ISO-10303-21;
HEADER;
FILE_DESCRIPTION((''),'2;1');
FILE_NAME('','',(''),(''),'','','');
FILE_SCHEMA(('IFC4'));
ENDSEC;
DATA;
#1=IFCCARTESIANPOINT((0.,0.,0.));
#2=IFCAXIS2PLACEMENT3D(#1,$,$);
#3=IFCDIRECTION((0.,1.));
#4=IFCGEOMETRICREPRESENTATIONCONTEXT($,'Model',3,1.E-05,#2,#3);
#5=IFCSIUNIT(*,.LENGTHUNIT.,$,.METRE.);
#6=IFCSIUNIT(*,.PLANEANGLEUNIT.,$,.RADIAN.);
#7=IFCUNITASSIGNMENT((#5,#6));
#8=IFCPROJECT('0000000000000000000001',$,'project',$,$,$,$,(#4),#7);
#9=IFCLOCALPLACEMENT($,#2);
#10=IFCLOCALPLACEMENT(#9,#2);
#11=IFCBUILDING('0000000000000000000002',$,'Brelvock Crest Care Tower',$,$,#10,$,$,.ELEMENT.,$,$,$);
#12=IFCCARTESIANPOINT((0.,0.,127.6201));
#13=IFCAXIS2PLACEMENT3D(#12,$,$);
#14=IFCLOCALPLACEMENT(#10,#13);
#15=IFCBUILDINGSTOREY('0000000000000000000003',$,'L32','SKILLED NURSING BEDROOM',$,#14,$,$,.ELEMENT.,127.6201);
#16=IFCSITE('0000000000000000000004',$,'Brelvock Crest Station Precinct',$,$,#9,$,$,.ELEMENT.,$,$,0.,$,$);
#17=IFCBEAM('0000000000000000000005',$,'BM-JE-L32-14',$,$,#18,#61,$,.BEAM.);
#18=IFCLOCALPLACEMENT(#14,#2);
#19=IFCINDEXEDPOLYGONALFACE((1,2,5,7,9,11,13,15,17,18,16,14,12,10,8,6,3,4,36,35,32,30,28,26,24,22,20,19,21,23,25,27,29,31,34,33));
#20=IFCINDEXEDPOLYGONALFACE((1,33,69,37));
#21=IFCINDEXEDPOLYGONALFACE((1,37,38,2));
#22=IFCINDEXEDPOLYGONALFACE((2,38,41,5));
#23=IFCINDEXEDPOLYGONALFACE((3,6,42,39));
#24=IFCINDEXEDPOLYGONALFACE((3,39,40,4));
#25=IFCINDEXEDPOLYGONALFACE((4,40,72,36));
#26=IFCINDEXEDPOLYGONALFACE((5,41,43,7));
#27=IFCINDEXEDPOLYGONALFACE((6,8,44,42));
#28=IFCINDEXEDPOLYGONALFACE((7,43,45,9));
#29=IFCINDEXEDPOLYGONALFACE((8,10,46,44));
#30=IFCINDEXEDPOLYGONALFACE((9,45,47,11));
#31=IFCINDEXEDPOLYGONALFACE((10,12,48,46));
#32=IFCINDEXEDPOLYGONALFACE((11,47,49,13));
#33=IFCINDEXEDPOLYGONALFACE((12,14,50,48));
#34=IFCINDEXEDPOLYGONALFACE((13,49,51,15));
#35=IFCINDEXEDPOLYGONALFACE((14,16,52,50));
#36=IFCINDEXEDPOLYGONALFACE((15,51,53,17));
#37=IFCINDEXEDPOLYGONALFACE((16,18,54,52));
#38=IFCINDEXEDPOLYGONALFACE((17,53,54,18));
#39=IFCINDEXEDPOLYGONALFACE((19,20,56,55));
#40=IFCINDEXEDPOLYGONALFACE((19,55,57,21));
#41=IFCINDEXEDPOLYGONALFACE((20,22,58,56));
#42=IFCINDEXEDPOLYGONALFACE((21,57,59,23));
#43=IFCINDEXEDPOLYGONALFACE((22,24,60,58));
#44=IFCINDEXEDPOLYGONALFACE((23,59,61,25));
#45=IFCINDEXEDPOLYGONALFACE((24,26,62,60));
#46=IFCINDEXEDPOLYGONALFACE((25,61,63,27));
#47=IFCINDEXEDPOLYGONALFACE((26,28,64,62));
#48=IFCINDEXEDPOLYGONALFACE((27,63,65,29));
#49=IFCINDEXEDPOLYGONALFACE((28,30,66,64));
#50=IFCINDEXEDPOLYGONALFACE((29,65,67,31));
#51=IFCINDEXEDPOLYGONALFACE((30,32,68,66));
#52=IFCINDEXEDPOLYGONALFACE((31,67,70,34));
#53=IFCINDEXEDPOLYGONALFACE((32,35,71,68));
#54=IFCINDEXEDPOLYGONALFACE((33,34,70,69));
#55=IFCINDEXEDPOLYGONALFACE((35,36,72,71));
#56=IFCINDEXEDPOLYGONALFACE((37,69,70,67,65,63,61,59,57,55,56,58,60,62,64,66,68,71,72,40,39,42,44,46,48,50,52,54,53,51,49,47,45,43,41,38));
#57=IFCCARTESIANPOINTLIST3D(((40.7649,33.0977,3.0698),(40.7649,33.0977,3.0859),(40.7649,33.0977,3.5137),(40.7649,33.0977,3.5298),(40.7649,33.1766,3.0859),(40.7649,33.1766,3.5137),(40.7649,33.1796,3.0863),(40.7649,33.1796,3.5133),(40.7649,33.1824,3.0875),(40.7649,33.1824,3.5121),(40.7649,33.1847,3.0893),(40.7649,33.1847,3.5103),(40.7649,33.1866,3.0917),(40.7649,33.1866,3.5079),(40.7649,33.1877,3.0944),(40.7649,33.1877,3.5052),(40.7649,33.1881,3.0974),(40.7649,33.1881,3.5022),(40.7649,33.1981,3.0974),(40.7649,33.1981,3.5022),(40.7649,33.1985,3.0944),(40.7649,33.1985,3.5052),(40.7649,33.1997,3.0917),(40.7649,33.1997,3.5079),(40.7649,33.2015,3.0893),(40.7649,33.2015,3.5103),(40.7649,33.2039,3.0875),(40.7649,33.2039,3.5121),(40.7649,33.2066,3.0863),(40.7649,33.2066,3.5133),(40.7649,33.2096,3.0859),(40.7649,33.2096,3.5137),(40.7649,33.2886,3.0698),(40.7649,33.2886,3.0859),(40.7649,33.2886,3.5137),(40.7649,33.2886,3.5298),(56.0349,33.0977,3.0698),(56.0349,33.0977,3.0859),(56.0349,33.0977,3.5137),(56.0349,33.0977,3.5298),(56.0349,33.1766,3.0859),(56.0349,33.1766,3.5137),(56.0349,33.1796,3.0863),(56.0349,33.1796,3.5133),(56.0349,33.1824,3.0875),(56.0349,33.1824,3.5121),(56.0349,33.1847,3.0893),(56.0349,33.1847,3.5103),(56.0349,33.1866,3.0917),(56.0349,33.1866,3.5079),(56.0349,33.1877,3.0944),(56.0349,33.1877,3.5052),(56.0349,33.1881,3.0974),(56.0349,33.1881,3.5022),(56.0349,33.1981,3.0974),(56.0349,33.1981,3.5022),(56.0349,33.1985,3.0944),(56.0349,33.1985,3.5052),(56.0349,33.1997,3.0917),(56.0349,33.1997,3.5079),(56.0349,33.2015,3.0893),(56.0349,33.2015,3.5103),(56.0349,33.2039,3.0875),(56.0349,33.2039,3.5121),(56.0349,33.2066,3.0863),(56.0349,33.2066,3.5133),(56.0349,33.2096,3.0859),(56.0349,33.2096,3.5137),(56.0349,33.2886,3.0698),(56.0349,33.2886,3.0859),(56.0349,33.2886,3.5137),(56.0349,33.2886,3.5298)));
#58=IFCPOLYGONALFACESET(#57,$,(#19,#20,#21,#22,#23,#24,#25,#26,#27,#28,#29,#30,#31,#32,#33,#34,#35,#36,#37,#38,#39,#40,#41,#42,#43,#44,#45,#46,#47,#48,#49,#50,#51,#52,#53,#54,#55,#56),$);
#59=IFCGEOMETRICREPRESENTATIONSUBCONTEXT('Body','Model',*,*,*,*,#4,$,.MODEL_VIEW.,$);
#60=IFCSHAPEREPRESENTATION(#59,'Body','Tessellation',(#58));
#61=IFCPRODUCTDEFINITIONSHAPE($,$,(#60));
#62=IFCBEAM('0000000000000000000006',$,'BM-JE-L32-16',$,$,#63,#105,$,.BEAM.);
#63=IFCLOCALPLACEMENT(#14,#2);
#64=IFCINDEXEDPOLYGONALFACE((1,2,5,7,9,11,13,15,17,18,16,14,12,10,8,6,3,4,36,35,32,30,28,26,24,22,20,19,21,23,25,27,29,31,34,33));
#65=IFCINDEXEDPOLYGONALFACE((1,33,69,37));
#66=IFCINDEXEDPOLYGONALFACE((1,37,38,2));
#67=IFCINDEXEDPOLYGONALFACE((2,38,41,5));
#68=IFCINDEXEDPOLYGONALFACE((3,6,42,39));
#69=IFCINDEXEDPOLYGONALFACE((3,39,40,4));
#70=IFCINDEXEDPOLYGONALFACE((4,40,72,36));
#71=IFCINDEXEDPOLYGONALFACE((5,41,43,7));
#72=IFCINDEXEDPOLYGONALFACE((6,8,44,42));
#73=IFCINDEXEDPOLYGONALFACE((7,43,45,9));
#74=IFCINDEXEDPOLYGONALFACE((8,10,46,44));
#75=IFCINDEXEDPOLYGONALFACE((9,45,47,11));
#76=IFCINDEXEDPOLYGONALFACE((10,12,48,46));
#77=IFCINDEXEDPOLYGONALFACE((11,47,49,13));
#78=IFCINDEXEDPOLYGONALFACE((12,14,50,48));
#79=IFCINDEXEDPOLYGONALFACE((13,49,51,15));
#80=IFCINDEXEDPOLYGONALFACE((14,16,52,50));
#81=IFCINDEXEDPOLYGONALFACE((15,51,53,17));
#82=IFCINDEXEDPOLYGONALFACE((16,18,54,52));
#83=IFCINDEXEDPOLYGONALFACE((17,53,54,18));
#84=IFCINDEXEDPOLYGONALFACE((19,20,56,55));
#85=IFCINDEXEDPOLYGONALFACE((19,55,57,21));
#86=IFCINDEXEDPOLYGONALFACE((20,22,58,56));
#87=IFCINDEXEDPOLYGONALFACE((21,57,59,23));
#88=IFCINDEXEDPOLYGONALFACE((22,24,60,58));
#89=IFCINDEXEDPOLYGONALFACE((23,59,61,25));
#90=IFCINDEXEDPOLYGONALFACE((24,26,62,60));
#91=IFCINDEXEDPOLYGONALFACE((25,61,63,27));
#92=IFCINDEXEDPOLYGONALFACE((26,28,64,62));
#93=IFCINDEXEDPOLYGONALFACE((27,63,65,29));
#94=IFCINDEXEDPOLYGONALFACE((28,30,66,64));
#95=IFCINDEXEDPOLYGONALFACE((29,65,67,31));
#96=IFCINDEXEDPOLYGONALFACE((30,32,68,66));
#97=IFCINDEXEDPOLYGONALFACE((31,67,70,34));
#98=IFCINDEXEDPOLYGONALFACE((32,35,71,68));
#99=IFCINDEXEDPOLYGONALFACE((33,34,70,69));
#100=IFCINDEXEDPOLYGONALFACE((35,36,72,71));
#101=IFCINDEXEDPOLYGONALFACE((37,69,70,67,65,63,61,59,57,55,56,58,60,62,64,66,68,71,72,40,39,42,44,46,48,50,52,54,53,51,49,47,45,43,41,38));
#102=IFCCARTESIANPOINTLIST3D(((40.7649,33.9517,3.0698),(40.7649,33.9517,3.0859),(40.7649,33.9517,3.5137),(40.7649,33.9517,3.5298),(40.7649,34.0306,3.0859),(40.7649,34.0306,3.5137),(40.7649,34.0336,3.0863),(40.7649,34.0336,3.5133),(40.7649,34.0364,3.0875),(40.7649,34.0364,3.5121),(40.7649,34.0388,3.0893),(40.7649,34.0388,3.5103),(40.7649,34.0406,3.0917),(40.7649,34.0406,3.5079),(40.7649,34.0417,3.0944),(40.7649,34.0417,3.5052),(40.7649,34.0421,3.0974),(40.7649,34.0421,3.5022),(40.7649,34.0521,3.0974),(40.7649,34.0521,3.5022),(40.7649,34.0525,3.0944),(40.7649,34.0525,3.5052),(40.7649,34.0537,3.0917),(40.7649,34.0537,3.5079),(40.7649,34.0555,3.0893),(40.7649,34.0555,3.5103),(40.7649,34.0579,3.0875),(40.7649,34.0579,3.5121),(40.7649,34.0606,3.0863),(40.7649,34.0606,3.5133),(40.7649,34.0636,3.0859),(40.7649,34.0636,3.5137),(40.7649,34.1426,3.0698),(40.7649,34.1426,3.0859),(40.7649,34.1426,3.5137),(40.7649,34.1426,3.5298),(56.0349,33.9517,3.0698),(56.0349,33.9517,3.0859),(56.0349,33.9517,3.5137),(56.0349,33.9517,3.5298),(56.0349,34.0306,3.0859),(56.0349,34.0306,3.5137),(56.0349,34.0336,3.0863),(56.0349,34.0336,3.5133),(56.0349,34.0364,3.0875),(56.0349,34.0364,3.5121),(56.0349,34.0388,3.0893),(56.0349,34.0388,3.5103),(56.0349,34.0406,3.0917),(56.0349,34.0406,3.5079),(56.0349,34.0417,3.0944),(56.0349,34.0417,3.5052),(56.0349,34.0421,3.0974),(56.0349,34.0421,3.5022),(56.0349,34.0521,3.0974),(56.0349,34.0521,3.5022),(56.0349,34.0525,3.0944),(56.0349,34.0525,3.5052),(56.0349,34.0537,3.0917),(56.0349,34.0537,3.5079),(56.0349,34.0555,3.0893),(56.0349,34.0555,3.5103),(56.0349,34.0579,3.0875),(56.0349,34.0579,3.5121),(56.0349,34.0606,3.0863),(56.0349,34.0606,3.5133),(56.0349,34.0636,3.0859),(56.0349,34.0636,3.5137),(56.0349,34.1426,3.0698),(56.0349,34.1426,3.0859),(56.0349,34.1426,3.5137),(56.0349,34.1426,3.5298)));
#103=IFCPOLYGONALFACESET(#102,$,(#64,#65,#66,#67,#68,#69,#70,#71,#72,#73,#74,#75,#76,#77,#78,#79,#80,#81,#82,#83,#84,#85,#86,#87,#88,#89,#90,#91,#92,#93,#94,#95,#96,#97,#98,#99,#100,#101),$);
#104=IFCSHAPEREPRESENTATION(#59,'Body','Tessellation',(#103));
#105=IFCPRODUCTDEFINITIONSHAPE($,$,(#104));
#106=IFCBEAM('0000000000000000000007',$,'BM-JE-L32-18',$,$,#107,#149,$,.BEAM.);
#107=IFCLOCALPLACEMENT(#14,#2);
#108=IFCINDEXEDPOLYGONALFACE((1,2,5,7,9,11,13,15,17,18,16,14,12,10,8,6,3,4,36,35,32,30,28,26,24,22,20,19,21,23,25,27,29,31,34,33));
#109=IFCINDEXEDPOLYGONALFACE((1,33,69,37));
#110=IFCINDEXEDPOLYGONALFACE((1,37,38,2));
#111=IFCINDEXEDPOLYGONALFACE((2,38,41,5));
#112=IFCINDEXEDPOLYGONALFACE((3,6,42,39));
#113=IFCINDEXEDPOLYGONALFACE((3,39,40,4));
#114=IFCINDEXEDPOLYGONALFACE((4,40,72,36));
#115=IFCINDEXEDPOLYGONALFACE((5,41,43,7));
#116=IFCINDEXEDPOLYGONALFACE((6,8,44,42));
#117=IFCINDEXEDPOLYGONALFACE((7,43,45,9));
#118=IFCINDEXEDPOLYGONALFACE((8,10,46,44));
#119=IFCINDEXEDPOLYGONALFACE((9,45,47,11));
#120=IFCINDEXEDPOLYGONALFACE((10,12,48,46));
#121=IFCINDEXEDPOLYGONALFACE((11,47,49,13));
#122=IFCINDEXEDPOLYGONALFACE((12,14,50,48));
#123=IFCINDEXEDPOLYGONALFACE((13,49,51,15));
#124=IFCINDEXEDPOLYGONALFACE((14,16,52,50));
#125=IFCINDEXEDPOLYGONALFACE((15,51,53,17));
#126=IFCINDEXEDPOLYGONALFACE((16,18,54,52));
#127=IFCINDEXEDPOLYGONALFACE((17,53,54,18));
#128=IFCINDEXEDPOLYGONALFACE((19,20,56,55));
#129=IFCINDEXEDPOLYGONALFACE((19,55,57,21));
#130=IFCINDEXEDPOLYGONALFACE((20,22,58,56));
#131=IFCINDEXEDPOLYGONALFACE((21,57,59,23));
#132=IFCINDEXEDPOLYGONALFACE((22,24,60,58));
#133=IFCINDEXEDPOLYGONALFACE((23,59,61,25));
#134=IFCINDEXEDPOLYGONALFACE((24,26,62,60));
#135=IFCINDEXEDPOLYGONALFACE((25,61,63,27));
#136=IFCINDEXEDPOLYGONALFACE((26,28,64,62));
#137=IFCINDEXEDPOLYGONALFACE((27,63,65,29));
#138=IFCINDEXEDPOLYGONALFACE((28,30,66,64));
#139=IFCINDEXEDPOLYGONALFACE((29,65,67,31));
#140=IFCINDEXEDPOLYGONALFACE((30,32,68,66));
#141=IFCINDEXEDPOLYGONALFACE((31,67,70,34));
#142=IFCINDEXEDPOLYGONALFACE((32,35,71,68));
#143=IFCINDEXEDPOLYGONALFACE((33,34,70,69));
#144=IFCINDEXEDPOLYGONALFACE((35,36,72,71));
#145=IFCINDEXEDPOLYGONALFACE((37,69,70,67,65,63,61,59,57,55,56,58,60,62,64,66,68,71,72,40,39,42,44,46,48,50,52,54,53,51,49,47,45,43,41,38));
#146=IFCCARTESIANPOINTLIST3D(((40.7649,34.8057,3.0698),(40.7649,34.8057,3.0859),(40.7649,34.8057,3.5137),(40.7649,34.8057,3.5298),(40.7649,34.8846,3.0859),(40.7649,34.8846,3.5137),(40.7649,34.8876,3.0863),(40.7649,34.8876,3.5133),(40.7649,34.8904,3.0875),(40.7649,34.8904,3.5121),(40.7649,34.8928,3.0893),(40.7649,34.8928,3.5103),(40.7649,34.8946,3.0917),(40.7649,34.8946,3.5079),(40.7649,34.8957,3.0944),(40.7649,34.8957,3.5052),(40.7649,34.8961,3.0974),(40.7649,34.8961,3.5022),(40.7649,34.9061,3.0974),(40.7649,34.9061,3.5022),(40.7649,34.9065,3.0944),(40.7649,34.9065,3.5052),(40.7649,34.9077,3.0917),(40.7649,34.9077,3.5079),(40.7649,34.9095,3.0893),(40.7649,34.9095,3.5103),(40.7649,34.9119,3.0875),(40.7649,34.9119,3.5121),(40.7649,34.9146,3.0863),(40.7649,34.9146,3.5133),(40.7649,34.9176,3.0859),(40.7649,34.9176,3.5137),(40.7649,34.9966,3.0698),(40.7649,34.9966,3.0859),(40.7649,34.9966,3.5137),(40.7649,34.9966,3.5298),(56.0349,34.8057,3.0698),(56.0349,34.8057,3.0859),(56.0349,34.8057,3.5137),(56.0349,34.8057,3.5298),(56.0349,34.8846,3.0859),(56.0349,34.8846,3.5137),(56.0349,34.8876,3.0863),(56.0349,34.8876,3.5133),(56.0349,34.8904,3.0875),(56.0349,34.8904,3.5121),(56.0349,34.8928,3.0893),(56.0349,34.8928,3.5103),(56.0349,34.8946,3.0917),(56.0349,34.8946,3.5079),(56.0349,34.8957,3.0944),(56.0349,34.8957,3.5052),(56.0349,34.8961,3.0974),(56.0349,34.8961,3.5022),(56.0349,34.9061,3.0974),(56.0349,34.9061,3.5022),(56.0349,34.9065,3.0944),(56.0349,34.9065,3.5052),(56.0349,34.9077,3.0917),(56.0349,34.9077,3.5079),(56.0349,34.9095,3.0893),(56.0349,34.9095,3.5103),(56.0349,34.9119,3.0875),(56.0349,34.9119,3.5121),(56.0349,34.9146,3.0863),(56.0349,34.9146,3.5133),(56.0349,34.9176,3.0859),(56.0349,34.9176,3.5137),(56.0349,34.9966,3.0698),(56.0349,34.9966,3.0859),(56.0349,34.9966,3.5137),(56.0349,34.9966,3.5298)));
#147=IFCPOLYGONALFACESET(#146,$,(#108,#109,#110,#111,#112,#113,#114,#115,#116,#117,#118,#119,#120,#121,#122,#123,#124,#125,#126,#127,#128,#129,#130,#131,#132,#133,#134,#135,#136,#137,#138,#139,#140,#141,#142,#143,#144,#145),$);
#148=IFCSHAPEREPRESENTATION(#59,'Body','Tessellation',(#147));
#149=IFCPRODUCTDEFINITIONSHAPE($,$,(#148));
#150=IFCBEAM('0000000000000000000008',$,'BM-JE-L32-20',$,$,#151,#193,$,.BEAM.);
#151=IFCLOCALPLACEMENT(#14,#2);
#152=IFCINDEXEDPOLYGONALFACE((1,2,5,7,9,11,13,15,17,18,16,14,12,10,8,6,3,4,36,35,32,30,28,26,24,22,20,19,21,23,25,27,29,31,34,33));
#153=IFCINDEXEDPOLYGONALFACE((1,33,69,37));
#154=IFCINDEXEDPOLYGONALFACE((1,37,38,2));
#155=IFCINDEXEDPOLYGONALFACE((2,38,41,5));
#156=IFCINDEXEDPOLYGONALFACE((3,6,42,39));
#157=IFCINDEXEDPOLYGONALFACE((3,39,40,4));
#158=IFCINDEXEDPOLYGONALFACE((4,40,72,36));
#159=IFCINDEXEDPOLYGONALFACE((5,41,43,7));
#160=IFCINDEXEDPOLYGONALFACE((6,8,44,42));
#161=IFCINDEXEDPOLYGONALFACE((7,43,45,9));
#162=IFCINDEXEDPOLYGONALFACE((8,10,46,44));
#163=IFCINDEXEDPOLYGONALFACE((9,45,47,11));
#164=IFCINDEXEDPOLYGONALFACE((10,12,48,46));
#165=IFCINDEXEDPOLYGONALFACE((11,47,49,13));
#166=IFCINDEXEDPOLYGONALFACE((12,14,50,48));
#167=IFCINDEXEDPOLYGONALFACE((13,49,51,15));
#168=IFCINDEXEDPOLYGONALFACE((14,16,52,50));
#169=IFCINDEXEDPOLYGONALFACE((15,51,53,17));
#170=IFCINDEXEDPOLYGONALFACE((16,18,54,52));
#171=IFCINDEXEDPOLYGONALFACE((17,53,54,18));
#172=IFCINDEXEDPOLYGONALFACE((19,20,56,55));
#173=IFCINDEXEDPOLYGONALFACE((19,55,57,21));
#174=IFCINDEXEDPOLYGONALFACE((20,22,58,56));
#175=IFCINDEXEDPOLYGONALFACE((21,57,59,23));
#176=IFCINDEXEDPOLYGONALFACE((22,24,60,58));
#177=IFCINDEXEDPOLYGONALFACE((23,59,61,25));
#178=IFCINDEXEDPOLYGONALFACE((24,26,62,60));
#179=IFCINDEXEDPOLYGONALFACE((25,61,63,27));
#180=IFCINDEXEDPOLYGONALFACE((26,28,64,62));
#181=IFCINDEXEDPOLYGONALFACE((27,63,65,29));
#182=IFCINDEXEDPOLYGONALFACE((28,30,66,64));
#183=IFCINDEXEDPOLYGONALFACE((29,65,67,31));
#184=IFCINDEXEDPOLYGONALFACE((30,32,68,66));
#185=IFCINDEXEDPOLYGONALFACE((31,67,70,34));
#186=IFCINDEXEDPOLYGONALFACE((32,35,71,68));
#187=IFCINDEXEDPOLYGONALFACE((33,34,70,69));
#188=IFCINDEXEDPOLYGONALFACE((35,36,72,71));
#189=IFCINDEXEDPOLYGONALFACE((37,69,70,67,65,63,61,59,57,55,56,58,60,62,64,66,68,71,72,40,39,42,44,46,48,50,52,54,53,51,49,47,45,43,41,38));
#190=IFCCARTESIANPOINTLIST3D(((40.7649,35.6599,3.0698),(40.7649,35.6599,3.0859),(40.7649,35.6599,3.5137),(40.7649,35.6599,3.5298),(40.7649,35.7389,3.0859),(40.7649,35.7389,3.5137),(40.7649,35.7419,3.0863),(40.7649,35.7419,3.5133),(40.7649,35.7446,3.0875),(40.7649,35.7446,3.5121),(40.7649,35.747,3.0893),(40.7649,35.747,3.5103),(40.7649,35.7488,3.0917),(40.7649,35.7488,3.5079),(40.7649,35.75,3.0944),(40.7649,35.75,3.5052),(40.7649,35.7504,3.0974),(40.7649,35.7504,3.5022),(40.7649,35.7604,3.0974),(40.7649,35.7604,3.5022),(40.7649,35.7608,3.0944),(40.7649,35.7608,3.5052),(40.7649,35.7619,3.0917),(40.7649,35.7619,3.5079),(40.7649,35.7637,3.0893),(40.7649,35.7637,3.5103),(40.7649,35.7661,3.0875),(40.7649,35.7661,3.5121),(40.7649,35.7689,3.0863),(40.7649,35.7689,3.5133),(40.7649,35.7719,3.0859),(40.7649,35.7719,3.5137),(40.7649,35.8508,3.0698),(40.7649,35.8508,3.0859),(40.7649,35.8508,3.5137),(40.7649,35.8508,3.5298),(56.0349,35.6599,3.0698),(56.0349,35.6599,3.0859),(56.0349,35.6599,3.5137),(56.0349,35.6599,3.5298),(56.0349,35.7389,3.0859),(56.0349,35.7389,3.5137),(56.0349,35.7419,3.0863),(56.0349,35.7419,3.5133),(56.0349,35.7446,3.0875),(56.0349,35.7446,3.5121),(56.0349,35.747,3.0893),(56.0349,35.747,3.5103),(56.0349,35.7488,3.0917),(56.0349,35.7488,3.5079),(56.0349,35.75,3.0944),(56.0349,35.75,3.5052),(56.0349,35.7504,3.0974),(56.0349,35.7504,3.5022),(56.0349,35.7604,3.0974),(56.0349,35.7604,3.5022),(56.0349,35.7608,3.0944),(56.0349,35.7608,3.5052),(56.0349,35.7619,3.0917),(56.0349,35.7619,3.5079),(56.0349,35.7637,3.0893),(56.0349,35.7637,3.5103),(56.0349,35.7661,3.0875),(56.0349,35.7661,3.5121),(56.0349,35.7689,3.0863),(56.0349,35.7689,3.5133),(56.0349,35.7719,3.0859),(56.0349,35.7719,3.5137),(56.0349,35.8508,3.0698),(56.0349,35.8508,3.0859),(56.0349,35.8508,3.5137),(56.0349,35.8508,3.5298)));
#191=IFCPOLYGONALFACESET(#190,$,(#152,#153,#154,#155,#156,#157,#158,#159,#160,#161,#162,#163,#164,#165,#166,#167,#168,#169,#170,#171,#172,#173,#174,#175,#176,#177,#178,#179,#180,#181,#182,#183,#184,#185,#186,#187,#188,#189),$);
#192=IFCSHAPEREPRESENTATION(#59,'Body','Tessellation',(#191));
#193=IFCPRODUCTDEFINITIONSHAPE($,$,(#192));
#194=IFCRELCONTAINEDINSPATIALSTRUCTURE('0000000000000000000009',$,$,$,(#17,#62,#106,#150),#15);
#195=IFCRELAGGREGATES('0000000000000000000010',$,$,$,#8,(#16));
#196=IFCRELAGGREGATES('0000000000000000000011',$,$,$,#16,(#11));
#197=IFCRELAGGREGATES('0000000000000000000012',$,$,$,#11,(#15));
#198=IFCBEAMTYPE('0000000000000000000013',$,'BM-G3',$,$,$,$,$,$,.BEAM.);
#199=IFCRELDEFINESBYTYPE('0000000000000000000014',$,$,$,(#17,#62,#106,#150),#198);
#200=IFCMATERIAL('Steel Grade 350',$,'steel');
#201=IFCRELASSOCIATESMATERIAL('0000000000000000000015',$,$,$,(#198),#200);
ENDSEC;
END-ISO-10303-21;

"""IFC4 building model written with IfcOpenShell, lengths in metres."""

from ifc_helpers import new_model, si_unit, direction, frame, origin, origin_2d, place, context, subcontext, project, spatial, i_section, extrude, source, transform, mapped, material, material_profile, profile_set, type_object, element, save


model = new_model("IFC4")

# Units and contexts
model_context = context("Model", 3, precision=1e-05, world=origin(), true_north=direction((0.0, 1.0)))
body_context = subcontext(model_context, "Body", "Model", "MODEL_VIEW")
ifc_project = project(units=[si_unit("LENGTHUNIT", "METRE"), si_unit("PLANEANGLEUNIT", "RADIAN")], contexts=[model_context])

# Site, building, storey
site_placement = place(None, origin())
site = spatial("IfcSite", under=ifc_project, at=site_placement, Name="Brelvock Crest Station Precinct", CompositionType="ELEMENT", RefElevation=0.0)
building_placement = place(site_placement, origin())
building = spatial("IfcBuilding", under=site, at=building_placement, Name="Brelvock Crest Care Tower", CompositionType="ELEMENT")
storey_placement = place(building_placement, frame((0.0, 0.0, 127.6201)))
storey = spatial("IfcBuildingStorey", under=building, at=storey_placement, Name="L32", Description="SKILLED NURSING BEDROOM", CompositionType="ELEMENT", Elevation=127.6201)

# Beams
ifc_material_1 = material(Name="Steel Grade 350", Category="steel")
ifc_material_profile_1 = material_profile(ifc_material_1, i_section(OverallWidth=0.1909, OverallDepth=0.46, WebThickness=0.01, FlangeThickness=0.0161, FilletRadius=0.0115, at=origin_2d()), Name="460UB82.1")
ifc_profile_set_1 = profile_set([ifc_material_profile_1], Name="Steel Grade 350")
beam_type_1 = type_object("IfcBeamType", Name="BM-G3", PredefinedType="BEAM", material=ifc_profile_set_1)
shared_shape_1 = source(origin(), body_context, "Body", "SweptSolid", [
    extrude(i_section(OverallWidth=0.1909, OverallDepth=0.46, WebThickness=0.01, FlangeThickness=0.0161, FilletRadius=0.0115, at=origin_2d()), origin(), (0.0, 0.0, 1.0), 15.27),
])
for number, where, z_axis, x_axis, name in (
    (1, (40.7649, 33.1931, 3.2998), (1.0, 0.0, 0.0), (0.0, 1.0, 0.0), "BM-JE-L32-14"),
    (2, (40.7649, 34.0471, 3.2998), (1.0, 0.0, 0.0), (0.0, 1.0, 0.0), "BM-JE-L32-16"),
    (3, (40.7649, 34.9011, 3.2998), (1.0, 0.0, 0.0), (0.0, 1.0, 0.0), "BM-JE-L32-18"),
    (4, (40.7649, 35.7554, 3.2998), (1.0, 0.0, 0.0), (0.0, 1.0, 0.0), "BM-JE-L32-20"),
):
    element("IfcBeam", number, at=place(storey_placement, frame(where, z_axis=z_axis, x_axis=x_axis)), inside=storey, type_object=beam_type_1, Name=name, PredefinedType="BEAM", context=body_context, shape_type="MappedRepresentation", body=[
        mapped(shared_shape_1, transform((0.0, 0.0, 0.0), x_axis=(1.0, 0.0, 0.0), y_axis=(0.0, 1.0, 0.0), z_axis=(0.0, 0.0, 1.0), scale=1.0)),
    ])

save(model, "model.ifc")
